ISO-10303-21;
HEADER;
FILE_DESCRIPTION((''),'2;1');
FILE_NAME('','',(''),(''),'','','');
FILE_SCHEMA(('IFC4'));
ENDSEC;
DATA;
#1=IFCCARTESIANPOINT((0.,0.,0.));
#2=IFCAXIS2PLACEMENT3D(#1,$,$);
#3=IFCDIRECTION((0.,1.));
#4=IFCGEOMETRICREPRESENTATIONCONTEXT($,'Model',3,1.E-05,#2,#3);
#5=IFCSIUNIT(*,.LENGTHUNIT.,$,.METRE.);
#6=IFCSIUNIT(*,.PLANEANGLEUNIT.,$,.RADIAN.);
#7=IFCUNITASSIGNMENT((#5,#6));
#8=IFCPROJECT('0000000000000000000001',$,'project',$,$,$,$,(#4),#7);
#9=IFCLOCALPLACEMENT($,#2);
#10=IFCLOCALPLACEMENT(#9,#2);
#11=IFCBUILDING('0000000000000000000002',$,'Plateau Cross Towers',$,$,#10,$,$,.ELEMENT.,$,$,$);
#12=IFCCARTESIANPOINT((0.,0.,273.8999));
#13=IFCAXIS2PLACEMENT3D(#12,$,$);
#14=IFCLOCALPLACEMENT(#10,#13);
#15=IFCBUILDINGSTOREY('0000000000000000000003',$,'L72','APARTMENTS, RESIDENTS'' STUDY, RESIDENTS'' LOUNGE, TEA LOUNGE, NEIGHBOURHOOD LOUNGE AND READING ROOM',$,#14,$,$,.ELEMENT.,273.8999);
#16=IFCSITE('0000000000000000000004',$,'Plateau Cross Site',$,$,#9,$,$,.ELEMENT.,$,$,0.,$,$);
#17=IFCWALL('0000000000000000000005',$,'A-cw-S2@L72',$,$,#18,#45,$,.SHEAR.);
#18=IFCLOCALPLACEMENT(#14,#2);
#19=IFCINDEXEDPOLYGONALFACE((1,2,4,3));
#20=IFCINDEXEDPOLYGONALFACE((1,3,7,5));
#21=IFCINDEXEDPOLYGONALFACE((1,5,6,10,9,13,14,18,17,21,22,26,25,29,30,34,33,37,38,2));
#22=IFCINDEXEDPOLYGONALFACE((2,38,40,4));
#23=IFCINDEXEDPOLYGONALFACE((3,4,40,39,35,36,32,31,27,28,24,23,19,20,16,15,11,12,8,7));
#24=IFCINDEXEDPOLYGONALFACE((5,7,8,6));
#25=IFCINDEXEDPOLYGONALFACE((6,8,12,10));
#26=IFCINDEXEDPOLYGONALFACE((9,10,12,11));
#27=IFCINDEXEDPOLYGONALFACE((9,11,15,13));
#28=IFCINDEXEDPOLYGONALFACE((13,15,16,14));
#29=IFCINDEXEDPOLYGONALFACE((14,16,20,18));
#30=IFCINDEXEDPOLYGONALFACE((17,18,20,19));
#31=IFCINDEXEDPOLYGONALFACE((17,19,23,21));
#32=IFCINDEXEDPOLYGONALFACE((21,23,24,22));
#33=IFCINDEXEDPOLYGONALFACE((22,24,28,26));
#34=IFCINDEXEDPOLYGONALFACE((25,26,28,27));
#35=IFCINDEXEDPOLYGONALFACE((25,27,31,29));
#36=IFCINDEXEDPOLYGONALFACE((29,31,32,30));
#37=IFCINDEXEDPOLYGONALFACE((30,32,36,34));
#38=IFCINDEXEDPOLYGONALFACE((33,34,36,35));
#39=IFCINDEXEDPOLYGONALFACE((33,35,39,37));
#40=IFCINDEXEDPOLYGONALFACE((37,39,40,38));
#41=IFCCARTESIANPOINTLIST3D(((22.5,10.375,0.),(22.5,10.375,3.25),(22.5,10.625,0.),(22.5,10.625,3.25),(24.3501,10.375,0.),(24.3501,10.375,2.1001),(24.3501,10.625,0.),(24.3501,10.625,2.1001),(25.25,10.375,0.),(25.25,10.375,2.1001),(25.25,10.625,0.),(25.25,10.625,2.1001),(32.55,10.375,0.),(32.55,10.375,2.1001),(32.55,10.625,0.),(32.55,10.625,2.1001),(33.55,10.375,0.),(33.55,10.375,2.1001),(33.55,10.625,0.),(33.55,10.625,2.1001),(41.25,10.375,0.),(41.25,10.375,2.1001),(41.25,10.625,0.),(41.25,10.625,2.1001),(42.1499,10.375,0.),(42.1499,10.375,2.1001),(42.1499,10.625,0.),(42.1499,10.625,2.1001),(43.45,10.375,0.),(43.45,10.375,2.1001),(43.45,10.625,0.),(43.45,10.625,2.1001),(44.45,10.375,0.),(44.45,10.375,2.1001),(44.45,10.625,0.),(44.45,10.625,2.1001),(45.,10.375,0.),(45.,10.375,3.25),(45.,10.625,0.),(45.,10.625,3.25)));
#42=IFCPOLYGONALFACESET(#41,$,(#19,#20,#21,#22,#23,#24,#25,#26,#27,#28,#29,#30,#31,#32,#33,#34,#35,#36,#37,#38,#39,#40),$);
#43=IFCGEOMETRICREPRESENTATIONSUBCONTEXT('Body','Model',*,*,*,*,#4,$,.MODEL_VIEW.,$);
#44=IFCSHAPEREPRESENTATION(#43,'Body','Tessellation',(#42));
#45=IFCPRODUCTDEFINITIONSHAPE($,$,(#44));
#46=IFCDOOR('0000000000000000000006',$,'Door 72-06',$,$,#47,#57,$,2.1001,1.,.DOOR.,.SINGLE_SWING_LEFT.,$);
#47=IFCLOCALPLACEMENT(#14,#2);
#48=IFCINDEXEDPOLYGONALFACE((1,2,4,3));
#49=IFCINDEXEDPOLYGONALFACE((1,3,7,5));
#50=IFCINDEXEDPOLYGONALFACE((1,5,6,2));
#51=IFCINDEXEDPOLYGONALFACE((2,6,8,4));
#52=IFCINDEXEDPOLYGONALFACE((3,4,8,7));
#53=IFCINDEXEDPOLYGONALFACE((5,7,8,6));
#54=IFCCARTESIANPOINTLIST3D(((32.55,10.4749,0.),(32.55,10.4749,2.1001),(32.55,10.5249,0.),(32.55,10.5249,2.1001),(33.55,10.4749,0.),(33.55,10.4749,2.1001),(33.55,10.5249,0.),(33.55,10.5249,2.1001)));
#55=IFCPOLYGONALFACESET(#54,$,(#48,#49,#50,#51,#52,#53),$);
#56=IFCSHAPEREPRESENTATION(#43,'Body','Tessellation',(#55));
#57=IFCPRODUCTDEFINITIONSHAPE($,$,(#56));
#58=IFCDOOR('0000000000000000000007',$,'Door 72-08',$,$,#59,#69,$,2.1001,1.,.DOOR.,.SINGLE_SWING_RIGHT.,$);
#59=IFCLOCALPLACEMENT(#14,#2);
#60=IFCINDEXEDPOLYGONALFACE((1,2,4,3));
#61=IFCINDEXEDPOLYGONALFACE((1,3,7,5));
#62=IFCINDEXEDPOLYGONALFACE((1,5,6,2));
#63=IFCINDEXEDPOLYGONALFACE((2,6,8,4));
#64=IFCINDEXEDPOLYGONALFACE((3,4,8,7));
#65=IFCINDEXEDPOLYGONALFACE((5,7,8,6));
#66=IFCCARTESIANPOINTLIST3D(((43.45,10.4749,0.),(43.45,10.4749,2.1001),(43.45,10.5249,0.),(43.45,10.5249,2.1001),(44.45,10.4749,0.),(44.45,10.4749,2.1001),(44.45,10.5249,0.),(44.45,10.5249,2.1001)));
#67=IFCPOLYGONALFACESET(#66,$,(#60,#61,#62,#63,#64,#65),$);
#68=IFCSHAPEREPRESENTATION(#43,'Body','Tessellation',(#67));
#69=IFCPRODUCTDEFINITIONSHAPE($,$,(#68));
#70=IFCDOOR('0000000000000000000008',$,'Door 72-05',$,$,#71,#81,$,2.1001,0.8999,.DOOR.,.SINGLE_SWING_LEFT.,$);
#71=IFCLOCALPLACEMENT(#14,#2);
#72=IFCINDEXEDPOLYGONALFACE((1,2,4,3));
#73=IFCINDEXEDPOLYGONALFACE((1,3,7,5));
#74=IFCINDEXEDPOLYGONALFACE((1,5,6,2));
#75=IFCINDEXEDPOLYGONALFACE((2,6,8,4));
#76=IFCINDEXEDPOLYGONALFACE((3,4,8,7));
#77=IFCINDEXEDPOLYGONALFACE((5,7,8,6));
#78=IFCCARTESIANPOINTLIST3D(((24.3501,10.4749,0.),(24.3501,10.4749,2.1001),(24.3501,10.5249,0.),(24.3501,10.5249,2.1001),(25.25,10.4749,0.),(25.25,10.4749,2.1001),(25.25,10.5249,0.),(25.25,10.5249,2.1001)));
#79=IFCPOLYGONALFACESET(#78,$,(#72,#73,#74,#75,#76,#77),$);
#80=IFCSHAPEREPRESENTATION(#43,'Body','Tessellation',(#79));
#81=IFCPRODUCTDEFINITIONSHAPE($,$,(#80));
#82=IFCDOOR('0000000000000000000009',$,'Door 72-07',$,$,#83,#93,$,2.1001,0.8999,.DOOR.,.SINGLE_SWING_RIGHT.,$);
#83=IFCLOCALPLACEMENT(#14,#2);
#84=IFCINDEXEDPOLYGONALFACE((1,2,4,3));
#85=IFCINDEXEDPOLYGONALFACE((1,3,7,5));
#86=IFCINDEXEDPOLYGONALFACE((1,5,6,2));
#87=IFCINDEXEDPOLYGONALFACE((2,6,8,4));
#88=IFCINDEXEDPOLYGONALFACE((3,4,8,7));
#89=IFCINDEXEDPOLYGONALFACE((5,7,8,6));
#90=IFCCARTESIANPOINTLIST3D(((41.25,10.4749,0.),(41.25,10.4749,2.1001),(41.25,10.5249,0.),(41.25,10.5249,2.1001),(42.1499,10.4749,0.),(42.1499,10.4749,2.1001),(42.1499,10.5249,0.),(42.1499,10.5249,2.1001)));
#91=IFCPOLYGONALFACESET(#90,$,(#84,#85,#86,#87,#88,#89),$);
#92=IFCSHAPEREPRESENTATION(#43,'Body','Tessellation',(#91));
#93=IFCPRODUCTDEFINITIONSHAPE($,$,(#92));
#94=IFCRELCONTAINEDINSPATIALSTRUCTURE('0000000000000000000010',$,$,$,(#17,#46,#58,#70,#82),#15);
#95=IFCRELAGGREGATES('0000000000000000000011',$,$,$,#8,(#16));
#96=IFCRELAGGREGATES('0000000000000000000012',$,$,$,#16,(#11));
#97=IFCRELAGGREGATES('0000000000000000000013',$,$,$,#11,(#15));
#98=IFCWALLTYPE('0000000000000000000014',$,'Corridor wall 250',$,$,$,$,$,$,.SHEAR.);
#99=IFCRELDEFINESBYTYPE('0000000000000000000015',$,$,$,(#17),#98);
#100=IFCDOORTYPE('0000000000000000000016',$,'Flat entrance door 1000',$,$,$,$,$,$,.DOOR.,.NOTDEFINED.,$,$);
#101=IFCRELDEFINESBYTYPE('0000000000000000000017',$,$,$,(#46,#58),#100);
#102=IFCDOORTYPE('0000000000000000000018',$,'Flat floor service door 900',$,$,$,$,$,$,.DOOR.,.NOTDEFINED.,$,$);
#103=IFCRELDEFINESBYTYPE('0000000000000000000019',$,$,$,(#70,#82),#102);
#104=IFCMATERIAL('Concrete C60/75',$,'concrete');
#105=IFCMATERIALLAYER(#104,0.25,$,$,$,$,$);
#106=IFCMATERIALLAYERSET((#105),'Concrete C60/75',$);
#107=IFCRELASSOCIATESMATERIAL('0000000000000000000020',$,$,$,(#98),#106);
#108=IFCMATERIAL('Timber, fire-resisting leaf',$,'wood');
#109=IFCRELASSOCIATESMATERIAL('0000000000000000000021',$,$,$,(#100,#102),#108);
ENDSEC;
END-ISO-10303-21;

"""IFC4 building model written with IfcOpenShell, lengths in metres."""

from ifc_helpers import new_model, si_unit, direction, frame, frame_2d, origin, place, context, subcontext, project, spatial, rectangle, extrude, material, layer, layer_set, type_object, element, fill, save


model = new_model("IFC4")

# Units and contexts
model_context = context("Model", 3, precision=1e-05, world=origin(), true_north=direction((0.0, 1.0)))
body_context = subcontext(model_context, "Body", "Model", "MODEL_VIEW")
ifc_project = project(units=[si_unit("LENGTHUNIT", "METRE"), si_unit("PLANEANGLEUNIT", "RADIAN")], contexts=[model_context])

# Site, building, storey
site_placement = place(None, origin())
site = spatial("IfcSite", under=ifc_project, at=site_placement, Name="Plateau Cross Site", CompositionType="ELEMENT", RefElevation=0.0)
building_placement = place(site_placement, origin())
building = spatial("IfcBuilding", under=site, at=building_placement, Name="Plateau Cross Towers", CompositionType="ELEMENT")
storey_placement = place(building_placement, frame((0.0, 0.0, 273.8999)))
storey = spatial("IfcBuildingStorey", under=building, at=storey_placement, Name="L72", Description="APARTMENTS, RESIDENTS' STUDY, RESIDENTS' LOUNGE, TEA LOUNGE, NEIGHBOURHOOD LOUNGE AND READING ROOM", CompositionType="ELEMENT", Elevation=273.8999)

# Shared definitions
ifc_material_1 = material(Name="Concrete C60/75", Category="concrete")

# Wall, openings, doors
ifc_layer_1 = layer(ifc_material_1, 0.25)
ifc_layer_set_1 = layer_set([ifc_layer_1], Name="Concrete C60/75")
wall_type_1 = type_object("IfcWallType", Name="Corridor wall 250", PredefinedType="SHEAR", material=ifc_layer_set_1)
ifc_material_2 = material(Name="Timber, fire-resisting leaf", Category="wood")
door_type_1 = type_object("IfcDoorType", Name="Flat entrance door 1000", OperationType="NOTDEFINED", PredefinedType="DOOR", material=ifc_material_2)
door_type_2 = type_object("IfcDoorType", Name="Flat floor service door 900", OperationType="NOTDEFINED", PredefinedType="DOOR", material=ifc_material_2)
wall_1_placement = place(storey_placement, frame((22.5, 10.5, 0.0), z_axis=(0.0, 0.0, 1.0), x_axis=(1.0, 0.0, 0.0)))
wall_1 = element("IfcWall", 1, at=wall_1_placement, inside=storey, type_object=wall_type_1, Name="A-cw-S2@L72", PredefinedType="SHEAR", context=body_context, shape_type="SweptSolid", body=[
    extrude(rectangle(XDim=22.5, YDim=0.25, at=frame_2d((11.25, 0.0))), origin(), (0.0, 0.0, 1.0), 3.25),
])
opening_1_placement = place(wall_1_placement, frame((1.8501, 0.0, 0.0)))
opening_1 = element("IfcOpeningElement", 2, at=opening_1_placement, cuts=wall_1, PredefinedType="OPENING", context=body_context, shape_type="SweptSolid", body=[
    extrude(rectangle(XDim=0.8999, YDim=2.1001, at=frame_2d((0.45, 1.05))), frame((0.0, 0.135, 0.0), z_axis=(0.0, -1.0, 0.0), x_axis=(1.0, 0.0, 0.0)), (0.0, 0.0, 1.0), 0.27),
])
opening_2_placement = place(wall_1_placement, frame((10.05, 0.0, 0.0)))
opening_2 = element("IfcOpeningElement", 3, at=opening_2_placement, cuts=wall_1, PredefinedType="OPENING", context=body_context, shape_type="SweptSolid", body=[
    extrude(rectangle(XDim=1.0, YDim=2.1001, at=frame_2d((0.5, 1.05))), frame((0.0, 0.135, 0.0), z_axis=(0.0, -1.0, 0.0), x_axis=(1.0, 0.0, 0.0)), (0.0, 0.0, 1.0), 0.27),
])
opening_3_placement = place(wall_1_placement, frame((18.75, 0.0, 0.0)))
opening_3 = element("IfcOpeningElement", 4, at=opening_3_placement, cuts=wall_1, PredefinedType="OPENING", context=body_context, shape_type="SweptSolid", body=[
    extrude(rectangle(XDim=0.8999, YDim=2.1001, at=frame_2d((0.45, 1.05))), frame((0.0, 0.135, 0.0), z_axis=(0.0, -1.0, 0.0), x_axis=(1.0, 0.0, 0.0)), (0.0, 0.0, 1.0), 0.27),
])
opening_4_placement = place(wall_1_placement, frame((20.95, 0.0, 0.0)))
opening_4 = element("IfcOpeningElement", 5, at=opening_4_placement, cuts=wall_1, PredefinedType="OPENING", context=body_context, shape_type="SweptSolid", body=[
    extrude(rectangle(XDim=1.0, YDim=2.1001, at=frame_2d((0.5, 1.05))), frame((0.0, 0.135, 0.0), z_axis=(0.0, -1.0, 0.0), x_axis=(1.0, 0.0, 0.0)), (0.0, 0.0, 1.0), 0.27),
])
door_1_placement = place(opening_2_placement, origin())
door_1 = element("IfcDoor", 6, at=door_1_placement, inside=storey, type_object=door_type_1, Name="Door 72-06", OperationType="SINGLE_SWING_LEFT", OverallHeight=2.1001, OverallWidth=1.0, PredefinedType="DOOR", context=body_context, shape_type="SweptSolid", body=[
    extrude(rectangle(XDim=1.0, YDim=2.1001, at=frame_2d((0.5, 1.05))), frame((0.0, 0.0249, 0.0), z_axis=(0.0, -1.0, 0.0), x_axis=(1.0, 0.0, 0.0)), (0.0, 0.0, 1.0), 0.05),
])
fill(opening_2, door_1)
door_2_placement = place(opening_4_placement, origin())
door_2 = element("IfcDoor", 7, at=door_2_placement, inside=storey, type_object=door_type_1, Name="Door 72-08", OperationType="SINGLE_SWING_RIGHT", OverallHeight=2.1001, OverallWidth=1.0, PredefinedType="DOOR", context=body_context, shape_type="SweptSolid", body=[
    extrude(rectangle(XDim=1.0, YDim=2.1001, at=frame_2d((0.5, 1.05))), frame((0.0, 0.0249, 0.0), z_axis=(0.0, -1.0, 0.0), x_axis=(1.0, 0.0, 0.0)), (0.0, 0.0, 1.0), 0.05),
])
fill(opening_4, door_2)
door_3_placement = place(opening_1_placement, origin())
door_3 = element("IfcDoor", 8, at=door_3_placement, inside=storey, type_object=door_type_2, Name="Door 72-05", OperationType="SINGLE_SWING_LEFT", OverallHeight=2.1001, OverallWidth=0.8999, PredefinedType="DOOR", context=body_context, shape_type="SweptSolid", body=[
    extrude(rectangle(XDim=0.8999, YDim=2.1001, at=frame_2d((0.45, 1.05))), frame((0.0, 0.0249, 0.0), z_axis=(0.0, -1.0, 0.0), x_axis=(1.0, 0.0, 0.0)), (0.0, 0.0, 1.0), 0.05),
])
fill(opening_1, door_3)
door_4_placement = place(opening_3_placement, origin())
door_4 = element("IfcDoor", 9, at=door_4_placement, inside=storey, type_object=door_type_2, Name="Door 72-07", OperationType="SINGLE_SWING_RIGHT", OverallHeight=2.1001, OverallWidth=0.8999, PredefinedType="DOOR", context=body_context, shape_type="SweptSolid", body=[
    extrude(rectangle(XDim=0.8999, YDim=2.1001, at=frame_2d((0.45, 1.05))), frame((0.0, 0.0249, 0.0), z_axis=(0.0, -1.0, 0.0), x_axis=(1.0, 0.0, 0.0)), (0.0, 0.0, 1.0), 0.05),
])
fill(opening_3, door_4)

save(model, "model.ifc")
